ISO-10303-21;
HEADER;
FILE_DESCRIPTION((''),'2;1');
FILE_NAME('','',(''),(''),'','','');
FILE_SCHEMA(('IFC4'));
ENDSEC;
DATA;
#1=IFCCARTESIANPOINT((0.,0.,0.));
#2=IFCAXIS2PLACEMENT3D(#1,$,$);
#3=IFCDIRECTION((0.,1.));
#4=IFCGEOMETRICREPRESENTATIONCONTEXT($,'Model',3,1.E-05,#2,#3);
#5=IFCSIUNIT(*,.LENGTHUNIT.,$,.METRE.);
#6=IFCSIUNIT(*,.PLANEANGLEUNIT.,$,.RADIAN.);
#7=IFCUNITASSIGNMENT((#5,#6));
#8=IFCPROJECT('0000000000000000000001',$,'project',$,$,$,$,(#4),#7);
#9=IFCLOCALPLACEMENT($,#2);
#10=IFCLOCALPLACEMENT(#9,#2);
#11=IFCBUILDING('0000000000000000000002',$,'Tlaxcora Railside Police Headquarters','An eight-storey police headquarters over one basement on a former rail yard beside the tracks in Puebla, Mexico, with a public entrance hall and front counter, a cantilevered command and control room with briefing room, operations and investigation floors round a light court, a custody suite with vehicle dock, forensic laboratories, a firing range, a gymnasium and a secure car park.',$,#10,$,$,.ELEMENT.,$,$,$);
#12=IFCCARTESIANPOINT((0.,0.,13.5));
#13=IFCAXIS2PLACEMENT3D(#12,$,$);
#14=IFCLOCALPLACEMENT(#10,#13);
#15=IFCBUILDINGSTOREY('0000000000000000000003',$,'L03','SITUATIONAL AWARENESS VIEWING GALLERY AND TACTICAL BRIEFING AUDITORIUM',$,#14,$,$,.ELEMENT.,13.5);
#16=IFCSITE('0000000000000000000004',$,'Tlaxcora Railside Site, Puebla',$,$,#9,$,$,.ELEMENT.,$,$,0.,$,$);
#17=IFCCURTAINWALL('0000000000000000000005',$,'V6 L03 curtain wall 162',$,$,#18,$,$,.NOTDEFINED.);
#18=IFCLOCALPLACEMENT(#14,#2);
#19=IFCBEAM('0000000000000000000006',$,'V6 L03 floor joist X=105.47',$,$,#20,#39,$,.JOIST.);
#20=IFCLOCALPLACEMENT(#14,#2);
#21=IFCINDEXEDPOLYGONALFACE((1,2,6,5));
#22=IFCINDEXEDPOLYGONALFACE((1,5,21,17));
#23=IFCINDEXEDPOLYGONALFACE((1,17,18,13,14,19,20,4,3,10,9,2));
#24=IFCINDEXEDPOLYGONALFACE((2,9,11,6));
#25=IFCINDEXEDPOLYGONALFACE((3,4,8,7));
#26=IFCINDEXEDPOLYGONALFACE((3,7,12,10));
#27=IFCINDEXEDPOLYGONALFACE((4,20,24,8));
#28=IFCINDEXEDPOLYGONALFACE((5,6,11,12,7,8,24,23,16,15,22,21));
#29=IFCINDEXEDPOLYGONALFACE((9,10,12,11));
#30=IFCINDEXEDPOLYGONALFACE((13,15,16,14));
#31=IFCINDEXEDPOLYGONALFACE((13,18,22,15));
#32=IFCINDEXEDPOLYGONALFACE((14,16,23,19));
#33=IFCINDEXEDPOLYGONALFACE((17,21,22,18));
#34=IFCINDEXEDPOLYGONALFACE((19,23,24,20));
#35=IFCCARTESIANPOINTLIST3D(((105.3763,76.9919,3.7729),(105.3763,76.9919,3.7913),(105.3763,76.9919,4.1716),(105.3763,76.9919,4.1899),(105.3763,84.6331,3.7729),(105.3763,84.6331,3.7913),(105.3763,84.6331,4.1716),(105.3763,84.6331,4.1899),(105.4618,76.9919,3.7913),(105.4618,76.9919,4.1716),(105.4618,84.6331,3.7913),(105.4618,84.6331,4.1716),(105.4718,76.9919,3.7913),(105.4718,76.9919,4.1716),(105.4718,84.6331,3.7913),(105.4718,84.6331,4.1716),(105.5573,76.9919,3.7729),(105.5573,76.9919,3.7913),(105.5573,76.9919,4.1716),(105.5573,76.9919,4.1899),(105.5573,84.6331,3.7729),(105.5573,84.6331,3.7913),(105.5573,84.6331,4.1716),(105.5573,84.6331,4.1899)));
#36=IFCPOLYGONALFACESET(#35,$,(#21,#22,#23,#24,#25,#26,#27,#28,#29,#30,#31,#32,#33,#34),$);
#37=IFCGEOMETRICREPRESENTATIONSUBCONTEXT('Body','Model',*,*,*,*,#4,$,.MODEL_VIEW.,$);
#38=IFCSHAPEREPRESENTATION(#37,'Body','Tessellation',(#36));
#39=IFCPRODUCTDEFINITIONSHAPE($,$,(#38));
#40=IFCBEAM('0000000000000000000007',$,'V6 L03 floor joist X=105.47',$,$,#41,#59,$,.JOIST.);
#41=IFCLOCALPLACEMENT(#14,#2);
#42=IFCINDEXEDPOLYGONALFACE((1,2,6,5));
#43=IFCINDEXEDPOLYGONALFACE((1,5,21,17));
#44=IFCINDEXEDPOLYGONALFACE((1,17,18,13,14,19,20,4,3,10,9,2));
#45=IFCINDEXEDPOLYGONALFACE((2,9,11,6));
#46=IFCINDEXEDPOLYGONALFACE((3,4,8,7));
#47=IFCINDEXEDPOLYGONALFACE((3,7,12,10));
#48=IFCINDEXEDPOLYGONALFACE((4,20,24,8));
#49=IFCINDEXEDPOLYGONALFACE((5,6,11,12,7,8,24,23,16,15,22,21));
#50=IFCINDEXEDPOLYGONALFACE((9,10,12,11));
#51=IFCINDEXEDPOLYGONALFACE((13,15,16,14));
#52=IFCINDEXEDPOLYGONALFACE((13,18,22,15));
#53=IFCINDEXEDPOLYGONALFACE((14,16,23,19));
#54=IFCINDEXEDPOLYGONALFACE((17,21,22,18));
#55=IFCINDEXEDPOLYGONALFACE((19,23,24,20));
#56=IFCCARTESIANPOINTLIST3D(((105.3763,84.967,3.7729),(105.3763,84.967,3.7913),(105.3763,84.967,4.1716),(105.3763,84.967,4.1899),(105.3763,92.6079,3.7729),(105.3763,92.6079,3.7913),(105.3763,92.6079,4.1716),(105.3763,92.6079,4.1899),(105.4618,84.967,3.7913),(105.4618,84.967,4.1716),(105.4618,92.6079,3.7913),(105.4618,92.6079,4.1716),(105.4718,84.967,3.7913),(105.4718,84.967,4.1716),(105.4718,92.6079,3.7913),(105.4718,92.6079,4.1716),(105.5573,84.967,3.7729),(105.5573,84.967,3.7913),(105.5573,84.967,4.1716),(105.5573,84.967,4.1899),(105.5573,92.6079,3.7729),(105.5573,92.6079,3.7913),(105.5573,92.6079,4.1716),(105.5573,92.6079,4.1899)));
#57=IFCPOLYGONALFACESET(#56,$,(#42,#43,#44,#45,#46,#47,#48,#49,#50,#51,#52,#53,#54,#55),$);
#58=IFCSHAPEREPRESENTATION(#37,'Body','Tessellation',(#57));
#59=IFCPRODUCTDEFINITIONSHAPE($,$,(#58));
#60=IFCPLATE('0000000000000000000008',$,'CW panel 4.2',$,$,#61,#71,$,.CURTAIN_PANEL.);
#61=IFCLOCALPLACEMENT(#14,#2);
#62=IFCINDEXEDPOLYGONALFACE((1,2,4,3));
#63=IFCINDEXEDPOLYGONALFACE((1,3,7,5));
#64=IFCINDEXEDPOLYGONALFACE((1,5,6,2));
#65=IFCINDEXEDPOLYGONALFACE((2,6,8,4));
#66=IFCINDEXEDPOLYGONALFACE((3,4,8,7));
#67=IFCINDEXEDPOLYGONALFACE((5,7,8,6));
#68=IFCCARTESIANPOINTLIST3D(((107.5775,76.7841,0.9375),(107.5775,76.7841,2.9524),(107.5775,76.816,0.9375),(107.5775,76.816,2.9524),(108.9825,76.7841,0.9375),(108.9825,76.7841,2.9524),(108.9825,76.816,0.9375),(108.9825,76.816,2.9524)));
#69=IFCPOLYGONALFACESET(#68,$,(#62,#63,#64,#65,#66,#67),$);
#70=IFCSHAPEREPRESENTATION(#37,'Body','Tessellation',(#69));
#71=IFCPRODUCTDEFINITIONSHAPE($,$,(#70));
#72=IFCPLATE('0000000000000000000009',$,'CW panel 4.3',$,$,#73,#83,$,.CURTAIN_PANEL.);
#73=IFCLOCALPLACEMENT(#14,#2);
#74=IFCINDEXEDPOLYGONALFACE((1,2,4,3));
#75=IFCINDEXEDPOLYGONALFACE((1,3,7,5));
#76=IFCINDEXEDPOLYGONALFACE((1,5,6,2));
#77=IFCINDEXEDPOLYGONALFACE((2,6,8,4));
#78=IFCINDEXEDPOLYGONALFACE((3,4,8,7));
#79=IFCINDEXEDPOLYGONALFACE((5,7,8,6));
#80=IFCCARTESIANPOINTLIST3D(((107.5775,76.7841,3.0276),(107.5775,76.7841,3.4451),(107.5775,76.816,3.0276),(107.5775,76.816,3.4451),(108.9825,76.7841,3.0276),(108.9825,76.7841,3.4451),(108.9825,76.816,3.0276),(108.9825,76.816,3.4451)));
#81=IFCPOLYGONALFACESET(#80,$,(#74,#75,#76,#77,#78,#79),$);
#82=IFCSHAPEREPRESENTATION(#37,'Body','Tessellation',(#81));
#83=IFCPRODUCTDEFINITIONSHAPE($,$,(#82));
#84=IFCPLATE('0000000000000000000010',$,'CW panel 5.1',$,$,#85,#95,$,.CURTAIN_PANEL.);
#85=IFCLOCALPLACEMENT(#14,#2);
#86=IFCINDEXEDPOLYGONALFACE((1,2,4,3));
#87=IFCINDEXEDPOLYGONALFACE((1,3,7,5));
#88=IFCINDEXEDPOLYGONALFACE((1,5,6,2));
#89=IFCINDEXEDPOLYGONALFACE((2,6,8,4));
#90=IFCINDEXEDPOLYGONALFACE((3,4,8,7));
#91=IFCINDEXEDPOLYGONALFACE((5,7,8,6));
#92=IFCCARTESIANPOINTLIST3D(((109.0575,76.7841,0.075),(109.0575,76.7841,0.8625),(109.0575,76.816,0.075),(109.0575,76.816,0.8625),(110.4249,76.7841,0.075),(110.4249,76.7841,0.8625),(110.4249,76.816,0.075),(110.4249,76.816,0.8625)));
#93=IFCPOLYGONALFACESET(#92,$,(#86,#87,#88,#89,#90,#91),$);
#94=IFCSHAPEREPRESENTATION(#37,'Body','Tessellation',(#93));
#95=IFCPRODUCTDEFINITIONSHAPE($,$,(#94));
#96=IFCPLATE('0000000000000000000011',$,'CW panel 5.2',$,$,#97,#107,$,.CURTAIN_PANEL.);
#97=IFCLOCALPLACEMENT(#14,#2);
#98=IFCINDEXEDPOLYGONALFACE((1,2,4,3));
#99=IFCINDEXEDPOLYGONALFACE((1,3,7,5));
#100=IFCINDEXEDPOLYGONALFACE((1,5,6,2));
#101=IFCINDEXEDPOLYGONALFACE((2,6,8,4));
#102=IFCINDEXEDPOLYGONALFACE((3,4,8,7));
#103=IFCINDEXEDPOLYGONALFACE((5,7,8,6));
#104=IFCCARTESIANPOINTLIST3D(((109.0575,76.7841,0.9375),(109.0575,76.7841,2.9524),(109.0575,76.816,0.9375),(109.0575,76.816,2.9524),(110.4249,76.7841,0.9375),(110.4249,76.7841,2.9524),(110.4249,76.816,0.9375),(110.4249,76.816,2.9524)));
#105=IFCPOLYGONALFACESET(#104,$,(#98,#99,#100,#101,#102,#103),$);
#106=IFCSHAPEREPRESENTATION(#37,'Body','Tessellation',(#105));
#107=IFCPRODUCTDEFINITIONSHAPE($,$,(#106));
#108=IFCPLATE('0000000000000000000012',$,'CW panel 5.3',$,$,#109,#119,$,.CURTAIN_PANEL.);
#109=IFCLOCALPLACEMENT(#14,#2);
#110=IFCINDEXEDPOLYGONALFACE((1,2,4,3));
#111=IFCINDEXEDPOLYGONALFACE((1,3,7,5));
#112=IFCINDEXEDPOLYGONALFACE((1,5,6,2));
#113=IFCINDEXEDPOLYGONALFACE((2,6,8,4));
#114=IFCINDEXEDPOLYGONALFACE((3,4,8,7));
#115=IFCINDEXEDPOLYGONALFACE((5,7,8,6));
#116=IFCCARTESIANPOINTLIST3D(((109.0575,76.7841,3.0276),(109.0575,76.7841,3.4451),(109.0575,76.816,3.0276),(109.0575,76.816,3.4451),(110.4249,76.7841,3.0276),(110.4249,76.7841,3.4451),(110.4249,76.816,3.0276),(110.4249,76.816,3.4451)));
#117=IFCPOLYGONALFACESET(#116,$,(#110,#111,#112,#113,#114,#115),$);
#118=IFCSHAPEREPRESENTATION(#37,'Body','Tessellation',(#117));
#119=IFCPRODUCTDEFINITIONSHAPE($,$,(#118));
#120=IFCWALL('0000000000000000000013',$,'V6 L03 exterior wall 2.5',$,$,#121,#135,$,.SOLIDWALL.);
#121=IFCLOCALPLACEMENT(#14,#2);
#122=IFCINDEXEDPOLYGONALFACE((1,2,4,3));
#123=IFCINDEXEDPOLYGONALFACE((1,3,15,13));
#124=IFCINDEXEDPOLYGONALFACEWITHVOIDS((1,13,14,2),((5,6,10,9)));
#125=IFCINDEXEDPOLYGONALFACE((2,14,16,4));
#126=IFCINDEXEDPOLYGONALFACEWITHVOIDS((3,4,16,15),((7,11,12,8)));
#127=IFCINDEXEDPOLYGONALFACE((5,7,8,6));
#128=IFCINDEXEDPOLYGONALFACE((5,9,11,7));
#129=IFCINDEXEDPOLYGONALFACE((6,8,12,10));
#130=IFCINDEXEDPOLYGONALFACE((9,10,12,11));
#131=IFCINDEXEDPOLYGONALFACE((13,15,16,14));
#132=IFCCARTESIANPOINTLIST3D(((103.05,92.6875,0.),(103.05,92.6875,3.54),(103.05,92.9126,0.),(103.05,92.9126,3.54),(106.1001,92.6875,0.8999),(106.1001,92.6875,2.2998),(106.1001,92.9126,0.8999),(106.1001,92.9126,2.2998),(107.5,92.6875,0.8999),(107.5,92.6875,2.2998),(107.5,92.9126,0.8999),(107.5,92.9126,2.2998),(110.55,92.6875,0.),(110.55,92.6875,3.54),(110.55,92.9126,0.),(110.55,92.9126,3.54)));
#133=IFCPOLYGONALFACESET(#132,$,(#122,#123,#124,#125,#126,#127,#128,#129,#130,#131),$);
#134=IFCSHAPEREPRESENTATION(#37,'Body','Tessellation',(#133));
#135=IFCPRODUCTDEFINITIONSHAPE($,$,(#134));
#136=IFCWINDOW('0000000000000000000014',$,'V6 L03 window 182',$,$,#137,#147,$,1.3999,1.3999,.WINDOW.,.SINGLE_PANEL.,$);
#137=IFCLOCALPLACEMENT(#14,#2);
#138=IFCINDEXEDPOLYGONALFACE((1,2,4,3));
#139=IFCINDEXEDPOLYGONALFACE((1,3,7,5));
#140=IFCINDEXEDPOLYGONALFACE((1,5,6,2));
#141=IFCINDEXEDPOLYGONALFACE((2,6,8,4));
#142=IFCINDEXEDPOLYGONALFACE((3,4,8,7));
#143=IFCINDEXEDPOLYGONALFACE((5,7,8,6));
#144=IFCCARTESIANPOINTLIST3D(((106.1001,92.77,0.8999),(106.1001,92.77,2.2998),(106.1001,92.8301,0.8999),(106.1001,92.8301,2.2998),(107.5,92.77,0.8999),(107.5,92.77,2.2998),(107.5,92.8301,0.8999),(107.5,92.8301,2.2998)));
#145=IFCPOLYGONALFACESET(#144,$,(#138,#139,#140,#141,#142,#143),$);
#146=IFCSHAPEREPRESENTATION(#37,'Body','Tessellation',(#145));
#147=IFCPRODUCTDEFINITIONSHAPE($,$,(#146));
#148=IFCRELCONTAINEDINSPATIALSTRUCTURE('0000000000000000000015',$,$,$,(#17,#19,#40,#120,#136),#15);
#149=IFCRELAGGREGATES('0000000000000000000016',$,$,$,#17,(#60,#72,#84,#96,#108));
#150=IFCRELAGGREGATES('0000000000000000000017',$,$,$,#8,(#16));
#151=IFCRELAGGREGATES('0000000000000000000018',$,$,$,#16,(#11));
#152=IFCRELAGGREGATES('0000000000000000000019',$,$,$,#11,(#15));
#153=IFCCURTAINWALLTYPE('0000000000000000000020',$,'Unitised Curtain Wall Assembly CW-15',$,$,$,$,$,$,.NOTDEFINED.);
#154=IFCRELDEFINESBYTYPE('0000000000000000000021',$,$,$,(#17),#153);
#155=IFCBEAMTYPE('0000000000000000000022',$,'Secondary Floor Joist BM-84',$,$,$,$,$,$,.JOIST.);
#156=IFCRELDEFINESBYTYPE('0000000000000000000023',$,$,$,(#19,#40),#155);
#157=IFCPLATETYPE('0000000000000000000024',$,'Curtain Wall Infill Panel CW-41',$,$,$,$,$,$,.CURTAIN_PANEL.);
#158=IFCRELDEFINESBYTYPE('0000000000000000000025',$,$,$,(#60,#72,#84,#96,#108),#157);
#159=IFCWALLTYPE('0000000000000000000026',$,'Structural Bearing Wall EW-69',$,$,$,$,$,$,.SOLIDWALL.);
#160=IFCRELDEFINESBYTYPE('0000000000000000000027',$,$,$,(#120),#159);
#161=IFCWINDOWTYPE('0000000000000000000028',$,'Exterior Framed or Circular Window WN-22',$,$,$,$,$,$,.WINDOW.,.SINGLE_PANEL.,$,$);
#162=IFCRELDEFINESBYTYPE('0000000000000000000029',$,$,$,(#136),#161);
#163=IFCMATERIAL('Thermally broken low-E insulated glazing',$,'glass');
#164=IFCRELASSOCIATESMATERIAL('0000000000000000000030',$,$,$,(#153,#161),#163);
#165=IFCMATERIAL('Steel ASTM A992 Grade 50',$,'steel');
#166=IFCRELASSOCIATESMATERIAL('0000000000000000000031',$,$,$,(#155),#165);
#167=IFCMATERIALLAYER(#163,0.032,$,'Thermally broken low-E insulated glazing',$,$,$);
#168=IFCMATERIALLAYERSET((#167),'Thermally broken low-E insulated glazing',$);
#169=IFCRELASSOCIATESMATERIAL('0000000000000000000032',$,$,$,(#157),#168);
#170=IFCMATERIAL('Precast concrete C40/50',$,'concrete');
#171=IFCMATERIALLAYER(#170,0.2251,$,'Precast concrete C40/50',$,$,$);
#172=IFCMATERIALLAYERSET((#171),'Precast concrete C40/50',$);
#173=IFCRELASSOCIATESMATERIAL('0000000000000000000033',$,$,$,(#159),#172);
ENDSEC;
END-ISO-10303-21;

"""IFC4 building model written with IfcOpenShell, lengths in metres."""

from ifc_helpers import new_model, si_unit, direction, frame, frame_2d, origin, origin_2d, place, context, subcontext, project, spatial, rectangle, i_section, extrude, material, layer, layer_set, material_profile, profile_set, type_object, element, fill, aggregate, save


model = new_model("IFC4")

# Units and contexts
model_context = context("Model", 3, precision=1e-05, world=origin(), true_north=direction((0.0, 1.0)))
body_context = subcontext(model_context, "Body", "Model", "MODEL_VIEW")
ifc_project = project(units=[si_unit("LENGTHUNIT", "METRE"), si_unit("PLANEANGLEUNIT", "RADIAN")], contexts=[model_context])

# Site, building, storey
site_placement = place(None, origin())
site = spatial("IfcSite", under=ifc_project, at=site_placement, Name="Tlaxcora Railside Site, Puebla", CompositionType="ELEMENT", RefElevation=0.0)
building_placement = place(site_placement, origin())
building = spatial("IfcBuilding", under=site, at=building_placement, Name="Tlaxcora Railside Police Headquarters", Description="An eight-storey police headquarters over one basement on a former rail yard beside the tracks in Puebla, Mexico, with a public entrance hall and front counter, a cantilevered command and control room with briefing room, operations and investigation floors round a light court, a custody suite with vehicle dock, forensic laboratories, a firing range, a gymnasium and a secure car park.", CompositionType="ELEMENT")
storey_placement = place(building_placement, frame((0.0, 0.0, 13.5)))
storey = spatial("IfcBuildingStorey", under=building, at=storey_placement, Name="L03", Description="SITUATIONAL AWARENESS VIEWING GALLERY AND TACTICAL BRIEFING AUDITORIUM", CompositionType="ELEMENT", Elevation=13.5)

# Curtain wall
ifc_material_1 = material(Name="Thermally broken low-E insulated glazing", Category="glass")
curtain_wall_type = type_object("IfcCurtainWallType", Name="Unitised Curtain Wall Assembly CW-15", PredefinedType="NOTDEFINED", material=ifc_material_1)
curtain_wall_placement = place(storey_placement, origin())
curtain_wall = element("IfcCurtainWall", 1, at=curtain_wall_placement, inside=storey, type_object=curtain_wall_type, Name="V6 L03 curtain wall 162", PredefinedType="NOTDEFINED")

# Beams
ifc_material_2 = material(Name="Steel ASTM A992 Grade 50", Category="steel")
ifc_material_profile_1 = material_profile(ifc_material_2, i_section(OverallWidth=0.1809, OverallDepth=0.417, WebThickness=0.01, FlangeThickness=0.0183, at=origin_2d()), Name="W16X57")
ifc_profile_set_1 = profile_set([ifc_material_profile_1], Name="Steel ASTM A992 Grade 50")
beam_type_1 = type_object("IfcBeamType", Name="Secondary Floor Joist BM-84", PredefinedType="JOIST", material=ifc_profile_set_1)
beam_1_placement = place(storey_placement, frame((105.4668, 76.9919, 3.9814), z_axis=(0.0, 1.0, 0.0), x_axis=(-1.0, 0.0, 0.0)))
element("IfcBeam", 2, at=beam_1_placement, inside=storey, type_object=beam_type_1, Name="V6 L03 floor joist X=105.47", PredefinedType="JOIST", context=body_context, shape_type="SweptSolid", body=[
    extrude(i_section(OverallWidth=0.1809, OverallDepth=0.417, WebThickness=0.01, FlangeThickness=0.0183, at=origin_2d()), origin(), (0.0, 0.0, 1.0), 7.6411),
])
beam_2_placement = place(storey_placement, frame((105.4668, 84.967, 3.9814), z_axis=(0.0, 1.0, 0.0), x_axis=(-1.0, 0.0, 0.0)))
element("IfcBeam", 3, at=beam_2_placement, inside=storey, type_object=beam_type_1, Name="V6 L03 floor joist X=105.47", PredefinedType="JOIST", context=body_context, shape_type="SweptSolid", body=[
    extrude(i_section(OverallWidth=0.1809, OverallDepth=0.417, WebThickness=0.01, FlangeThickness=0.0183, at=origin_2d()), origin(), (0.0, 0.0, 1.0), 7.6409),
])

# Plates
ifc_layer_1 = layer(ifc_material_1, 0.032, Name="Thermally broken low-E insulated glazing")
ifc_layer_set_1 = layer_set([ifc_layer_1], Name="Thermally broken low-E insulated glazing")
plate_type = type_object("IfcPlateType", Name="Curtain Wall Infill Panel CW-41", PredefinedType="CURTAIN_PANEL", material=ifc_layer_set_1)
plate_1_placement = place(storey_placement, frame((108.28, 76.8, 0.9375), z_axis=(0.0, 0.0, 1.0), x_axis=(1.0, 0.0, 0.0)))
plate_1 = element("IfcPlate", 4, at=plate_1_placement, type_object=plate_type, Name="CW panel 4.2", PredefinedType="CURTAIN_PANEL", context=body_context, shape_type="SweptSolid", body=[
    extrude(rectangle(XDim=1.405, YDim=0.032, at=origin_2d()), origin(), (0.0, 0.0, 1.0), 2.0149),
])
plate_2_placement = place(storey_placement, frame((108.28, 76.8, 3.0276), z_axis=(0.0, 0.0, 1.0), x_axis=(1.0, 0.0, 0.0)))
plate_2 = element("IfcPlate", 5, at=plate_2_placement, type_object=plate_type, Name="CW panel 4.3", PredefinedType="CURTAIN_PANEL", context=body_context, shape_type="SweptSolid", body=[
    extrude(rectangle(XDim=1.405, YDim=0.032, at=origin_2d()), origin(), (0.0, 0.0, 1.0), 0.4175),
])
plate_3_placement = place(storey_placement, frame((109.7412, 76.8, 0.075), z_axis=(0.0, 0.0, 1.0), x_axis=(1.0, 0.0, 0.0)))
plate_3 = element("IfcPlate", 6, at=plate_3_placement, type_object=plate_type, Name="CW panel 5.1", PredefinedType="CURTAIN_PANEL", context=body_context, shape_type="SweptSolid", body=[
    extrude(rectangle(XDim=1.3674, YDim=0.032, at=origin_2d()), origin(), (0.0, 0.0, 1.0), 0.7876),
])
plate_4_placement = place(storey_placement, frame((109.7412, 76.8, 0.9375), z_axis=(0.0, 0.0, 1.0), x_axis=(1.0, 0.0, 0.0)))
plate_4 = element("IfcPlate", 7, at=plate_4_placement, type_object=plate_type, Name="CW panel 5.2", PredefinedType="CURTAIN_PANEL", context=body_context, shape_type="SweptSolid", body=[
    extrude(rectangle(XDim=1.3674, YDim=0.032, at=origin_2d()), origin(), (0.0, 0.0, 1.0), 2.0149),
])
plate_5_placement = place(storey_placement, frame((109.7412, 76.8, 3.0276), z_axis=(0.0, 0.0, 1.0), x_axis=(1.0, 0.0, 0.0)))
plate_5 = element("IfcPlate", 8, at=plate_5_placement, type_object=plate_type, Name="CW panel 5.3", PredefinedType="CURTAIN_PANEL", context=body_context, shape_type="SweptSolid", body=[
    extrude(rectangle(XDim=1.3674, YDim=0.032, at=origin_2d()), origin(), (0.0, 0.0, 1.0), 0.4175),
])
aggregate(curtain_wall, [plate_1, plate_2, plate_3, plate_4, plate_5])

# Wall, opening, window
ifc_material_3 = material(Name="Precast concrete C40/50", Category="concrete")
ifc_layer_2 = layer(ifc_material_3, 0.2251, Name="Precast concrete C40/50")
ifc_layer_set_2 = layer_set([ifc_layer_2], Name="Precast concrete C40/50")
wall_type = type_object("IfcWallType", Name="Structural Bearing Wall EW-69", PredefinedType="SOLIDWALL", material=ifc_layer_set_2)
wall_placement = place(storey_placement, frame((110.55, 92.8, 0.0), z_axis=(0.0, 0.0, 1.0), x_axis=(-1.0, 0.0, 0.0)))
wall = element("IfcWall", 9, at=wall_placement, inside=storey, type_object=wall_type, Name="V6 L03 exterior wall 2.5", PredefinedType="SOLIDWALL", context=body_context, shape_type="SweptSolid", body=[
    extrude(rectangle(XDim=7.5, YDim=0.2251, at=frame_2d((3.75, 0.0))), origin(), (0.0, 0.0, 1.0), 3.54),
])
opening_placement = place(wall_placement, frame((3.05, 0.0, 0.8999)))
opening = element("IfcOpeningElement", 10, at=opening_placement, cuts=wall, PredefinedType="OPENING", context=body_context, shape_type="SweptSolid", body=[
    extrude(rectangle(XDim=1.3999, YDim=1.3999, at=frame_2d((0.7, 0.7))), frame((0.0, 0.1226, 0.0), z_axis=(0.0, -1.0, 0.0), x_axis=(1.0, 0.0, 0.0)), (0.0, 0.0, 1.0), 0.2451),
])
window_type = type_object("IfcWindowType", Name="Exterior Framed or Circular Window WN-22", PartitioningType="SINGLE_PANEL", PredefinedType="WINDOW", material=ifc_material_1)
window_placement = place(opening_placement, origin())
window = element("IfcWindow", 11, at=window_placement, inside=storey, type_object=window_type, Name="V6 L03 window 182", OverallHeight=1.3999, OverallWidth=1.3999, PartitioningType="SINGLE_PANEL", PredefinedType="WINDOW", context=body_context, shape_type="SweptSolid", body=[
    extrude(rectangle(XDim=1.3999, YDim=1.3999, at=frame_2d((0.7, 0.7))), frame((0.0, 0.03, 0.0), z_axis=(0.0, -1.0, 0.0), x_axis=(1.0, 0.0, 0.0)), (0.0, 0.0, 1.0), 0.0601),
])
fill(opening, window)

save(model, "model.ifc")
